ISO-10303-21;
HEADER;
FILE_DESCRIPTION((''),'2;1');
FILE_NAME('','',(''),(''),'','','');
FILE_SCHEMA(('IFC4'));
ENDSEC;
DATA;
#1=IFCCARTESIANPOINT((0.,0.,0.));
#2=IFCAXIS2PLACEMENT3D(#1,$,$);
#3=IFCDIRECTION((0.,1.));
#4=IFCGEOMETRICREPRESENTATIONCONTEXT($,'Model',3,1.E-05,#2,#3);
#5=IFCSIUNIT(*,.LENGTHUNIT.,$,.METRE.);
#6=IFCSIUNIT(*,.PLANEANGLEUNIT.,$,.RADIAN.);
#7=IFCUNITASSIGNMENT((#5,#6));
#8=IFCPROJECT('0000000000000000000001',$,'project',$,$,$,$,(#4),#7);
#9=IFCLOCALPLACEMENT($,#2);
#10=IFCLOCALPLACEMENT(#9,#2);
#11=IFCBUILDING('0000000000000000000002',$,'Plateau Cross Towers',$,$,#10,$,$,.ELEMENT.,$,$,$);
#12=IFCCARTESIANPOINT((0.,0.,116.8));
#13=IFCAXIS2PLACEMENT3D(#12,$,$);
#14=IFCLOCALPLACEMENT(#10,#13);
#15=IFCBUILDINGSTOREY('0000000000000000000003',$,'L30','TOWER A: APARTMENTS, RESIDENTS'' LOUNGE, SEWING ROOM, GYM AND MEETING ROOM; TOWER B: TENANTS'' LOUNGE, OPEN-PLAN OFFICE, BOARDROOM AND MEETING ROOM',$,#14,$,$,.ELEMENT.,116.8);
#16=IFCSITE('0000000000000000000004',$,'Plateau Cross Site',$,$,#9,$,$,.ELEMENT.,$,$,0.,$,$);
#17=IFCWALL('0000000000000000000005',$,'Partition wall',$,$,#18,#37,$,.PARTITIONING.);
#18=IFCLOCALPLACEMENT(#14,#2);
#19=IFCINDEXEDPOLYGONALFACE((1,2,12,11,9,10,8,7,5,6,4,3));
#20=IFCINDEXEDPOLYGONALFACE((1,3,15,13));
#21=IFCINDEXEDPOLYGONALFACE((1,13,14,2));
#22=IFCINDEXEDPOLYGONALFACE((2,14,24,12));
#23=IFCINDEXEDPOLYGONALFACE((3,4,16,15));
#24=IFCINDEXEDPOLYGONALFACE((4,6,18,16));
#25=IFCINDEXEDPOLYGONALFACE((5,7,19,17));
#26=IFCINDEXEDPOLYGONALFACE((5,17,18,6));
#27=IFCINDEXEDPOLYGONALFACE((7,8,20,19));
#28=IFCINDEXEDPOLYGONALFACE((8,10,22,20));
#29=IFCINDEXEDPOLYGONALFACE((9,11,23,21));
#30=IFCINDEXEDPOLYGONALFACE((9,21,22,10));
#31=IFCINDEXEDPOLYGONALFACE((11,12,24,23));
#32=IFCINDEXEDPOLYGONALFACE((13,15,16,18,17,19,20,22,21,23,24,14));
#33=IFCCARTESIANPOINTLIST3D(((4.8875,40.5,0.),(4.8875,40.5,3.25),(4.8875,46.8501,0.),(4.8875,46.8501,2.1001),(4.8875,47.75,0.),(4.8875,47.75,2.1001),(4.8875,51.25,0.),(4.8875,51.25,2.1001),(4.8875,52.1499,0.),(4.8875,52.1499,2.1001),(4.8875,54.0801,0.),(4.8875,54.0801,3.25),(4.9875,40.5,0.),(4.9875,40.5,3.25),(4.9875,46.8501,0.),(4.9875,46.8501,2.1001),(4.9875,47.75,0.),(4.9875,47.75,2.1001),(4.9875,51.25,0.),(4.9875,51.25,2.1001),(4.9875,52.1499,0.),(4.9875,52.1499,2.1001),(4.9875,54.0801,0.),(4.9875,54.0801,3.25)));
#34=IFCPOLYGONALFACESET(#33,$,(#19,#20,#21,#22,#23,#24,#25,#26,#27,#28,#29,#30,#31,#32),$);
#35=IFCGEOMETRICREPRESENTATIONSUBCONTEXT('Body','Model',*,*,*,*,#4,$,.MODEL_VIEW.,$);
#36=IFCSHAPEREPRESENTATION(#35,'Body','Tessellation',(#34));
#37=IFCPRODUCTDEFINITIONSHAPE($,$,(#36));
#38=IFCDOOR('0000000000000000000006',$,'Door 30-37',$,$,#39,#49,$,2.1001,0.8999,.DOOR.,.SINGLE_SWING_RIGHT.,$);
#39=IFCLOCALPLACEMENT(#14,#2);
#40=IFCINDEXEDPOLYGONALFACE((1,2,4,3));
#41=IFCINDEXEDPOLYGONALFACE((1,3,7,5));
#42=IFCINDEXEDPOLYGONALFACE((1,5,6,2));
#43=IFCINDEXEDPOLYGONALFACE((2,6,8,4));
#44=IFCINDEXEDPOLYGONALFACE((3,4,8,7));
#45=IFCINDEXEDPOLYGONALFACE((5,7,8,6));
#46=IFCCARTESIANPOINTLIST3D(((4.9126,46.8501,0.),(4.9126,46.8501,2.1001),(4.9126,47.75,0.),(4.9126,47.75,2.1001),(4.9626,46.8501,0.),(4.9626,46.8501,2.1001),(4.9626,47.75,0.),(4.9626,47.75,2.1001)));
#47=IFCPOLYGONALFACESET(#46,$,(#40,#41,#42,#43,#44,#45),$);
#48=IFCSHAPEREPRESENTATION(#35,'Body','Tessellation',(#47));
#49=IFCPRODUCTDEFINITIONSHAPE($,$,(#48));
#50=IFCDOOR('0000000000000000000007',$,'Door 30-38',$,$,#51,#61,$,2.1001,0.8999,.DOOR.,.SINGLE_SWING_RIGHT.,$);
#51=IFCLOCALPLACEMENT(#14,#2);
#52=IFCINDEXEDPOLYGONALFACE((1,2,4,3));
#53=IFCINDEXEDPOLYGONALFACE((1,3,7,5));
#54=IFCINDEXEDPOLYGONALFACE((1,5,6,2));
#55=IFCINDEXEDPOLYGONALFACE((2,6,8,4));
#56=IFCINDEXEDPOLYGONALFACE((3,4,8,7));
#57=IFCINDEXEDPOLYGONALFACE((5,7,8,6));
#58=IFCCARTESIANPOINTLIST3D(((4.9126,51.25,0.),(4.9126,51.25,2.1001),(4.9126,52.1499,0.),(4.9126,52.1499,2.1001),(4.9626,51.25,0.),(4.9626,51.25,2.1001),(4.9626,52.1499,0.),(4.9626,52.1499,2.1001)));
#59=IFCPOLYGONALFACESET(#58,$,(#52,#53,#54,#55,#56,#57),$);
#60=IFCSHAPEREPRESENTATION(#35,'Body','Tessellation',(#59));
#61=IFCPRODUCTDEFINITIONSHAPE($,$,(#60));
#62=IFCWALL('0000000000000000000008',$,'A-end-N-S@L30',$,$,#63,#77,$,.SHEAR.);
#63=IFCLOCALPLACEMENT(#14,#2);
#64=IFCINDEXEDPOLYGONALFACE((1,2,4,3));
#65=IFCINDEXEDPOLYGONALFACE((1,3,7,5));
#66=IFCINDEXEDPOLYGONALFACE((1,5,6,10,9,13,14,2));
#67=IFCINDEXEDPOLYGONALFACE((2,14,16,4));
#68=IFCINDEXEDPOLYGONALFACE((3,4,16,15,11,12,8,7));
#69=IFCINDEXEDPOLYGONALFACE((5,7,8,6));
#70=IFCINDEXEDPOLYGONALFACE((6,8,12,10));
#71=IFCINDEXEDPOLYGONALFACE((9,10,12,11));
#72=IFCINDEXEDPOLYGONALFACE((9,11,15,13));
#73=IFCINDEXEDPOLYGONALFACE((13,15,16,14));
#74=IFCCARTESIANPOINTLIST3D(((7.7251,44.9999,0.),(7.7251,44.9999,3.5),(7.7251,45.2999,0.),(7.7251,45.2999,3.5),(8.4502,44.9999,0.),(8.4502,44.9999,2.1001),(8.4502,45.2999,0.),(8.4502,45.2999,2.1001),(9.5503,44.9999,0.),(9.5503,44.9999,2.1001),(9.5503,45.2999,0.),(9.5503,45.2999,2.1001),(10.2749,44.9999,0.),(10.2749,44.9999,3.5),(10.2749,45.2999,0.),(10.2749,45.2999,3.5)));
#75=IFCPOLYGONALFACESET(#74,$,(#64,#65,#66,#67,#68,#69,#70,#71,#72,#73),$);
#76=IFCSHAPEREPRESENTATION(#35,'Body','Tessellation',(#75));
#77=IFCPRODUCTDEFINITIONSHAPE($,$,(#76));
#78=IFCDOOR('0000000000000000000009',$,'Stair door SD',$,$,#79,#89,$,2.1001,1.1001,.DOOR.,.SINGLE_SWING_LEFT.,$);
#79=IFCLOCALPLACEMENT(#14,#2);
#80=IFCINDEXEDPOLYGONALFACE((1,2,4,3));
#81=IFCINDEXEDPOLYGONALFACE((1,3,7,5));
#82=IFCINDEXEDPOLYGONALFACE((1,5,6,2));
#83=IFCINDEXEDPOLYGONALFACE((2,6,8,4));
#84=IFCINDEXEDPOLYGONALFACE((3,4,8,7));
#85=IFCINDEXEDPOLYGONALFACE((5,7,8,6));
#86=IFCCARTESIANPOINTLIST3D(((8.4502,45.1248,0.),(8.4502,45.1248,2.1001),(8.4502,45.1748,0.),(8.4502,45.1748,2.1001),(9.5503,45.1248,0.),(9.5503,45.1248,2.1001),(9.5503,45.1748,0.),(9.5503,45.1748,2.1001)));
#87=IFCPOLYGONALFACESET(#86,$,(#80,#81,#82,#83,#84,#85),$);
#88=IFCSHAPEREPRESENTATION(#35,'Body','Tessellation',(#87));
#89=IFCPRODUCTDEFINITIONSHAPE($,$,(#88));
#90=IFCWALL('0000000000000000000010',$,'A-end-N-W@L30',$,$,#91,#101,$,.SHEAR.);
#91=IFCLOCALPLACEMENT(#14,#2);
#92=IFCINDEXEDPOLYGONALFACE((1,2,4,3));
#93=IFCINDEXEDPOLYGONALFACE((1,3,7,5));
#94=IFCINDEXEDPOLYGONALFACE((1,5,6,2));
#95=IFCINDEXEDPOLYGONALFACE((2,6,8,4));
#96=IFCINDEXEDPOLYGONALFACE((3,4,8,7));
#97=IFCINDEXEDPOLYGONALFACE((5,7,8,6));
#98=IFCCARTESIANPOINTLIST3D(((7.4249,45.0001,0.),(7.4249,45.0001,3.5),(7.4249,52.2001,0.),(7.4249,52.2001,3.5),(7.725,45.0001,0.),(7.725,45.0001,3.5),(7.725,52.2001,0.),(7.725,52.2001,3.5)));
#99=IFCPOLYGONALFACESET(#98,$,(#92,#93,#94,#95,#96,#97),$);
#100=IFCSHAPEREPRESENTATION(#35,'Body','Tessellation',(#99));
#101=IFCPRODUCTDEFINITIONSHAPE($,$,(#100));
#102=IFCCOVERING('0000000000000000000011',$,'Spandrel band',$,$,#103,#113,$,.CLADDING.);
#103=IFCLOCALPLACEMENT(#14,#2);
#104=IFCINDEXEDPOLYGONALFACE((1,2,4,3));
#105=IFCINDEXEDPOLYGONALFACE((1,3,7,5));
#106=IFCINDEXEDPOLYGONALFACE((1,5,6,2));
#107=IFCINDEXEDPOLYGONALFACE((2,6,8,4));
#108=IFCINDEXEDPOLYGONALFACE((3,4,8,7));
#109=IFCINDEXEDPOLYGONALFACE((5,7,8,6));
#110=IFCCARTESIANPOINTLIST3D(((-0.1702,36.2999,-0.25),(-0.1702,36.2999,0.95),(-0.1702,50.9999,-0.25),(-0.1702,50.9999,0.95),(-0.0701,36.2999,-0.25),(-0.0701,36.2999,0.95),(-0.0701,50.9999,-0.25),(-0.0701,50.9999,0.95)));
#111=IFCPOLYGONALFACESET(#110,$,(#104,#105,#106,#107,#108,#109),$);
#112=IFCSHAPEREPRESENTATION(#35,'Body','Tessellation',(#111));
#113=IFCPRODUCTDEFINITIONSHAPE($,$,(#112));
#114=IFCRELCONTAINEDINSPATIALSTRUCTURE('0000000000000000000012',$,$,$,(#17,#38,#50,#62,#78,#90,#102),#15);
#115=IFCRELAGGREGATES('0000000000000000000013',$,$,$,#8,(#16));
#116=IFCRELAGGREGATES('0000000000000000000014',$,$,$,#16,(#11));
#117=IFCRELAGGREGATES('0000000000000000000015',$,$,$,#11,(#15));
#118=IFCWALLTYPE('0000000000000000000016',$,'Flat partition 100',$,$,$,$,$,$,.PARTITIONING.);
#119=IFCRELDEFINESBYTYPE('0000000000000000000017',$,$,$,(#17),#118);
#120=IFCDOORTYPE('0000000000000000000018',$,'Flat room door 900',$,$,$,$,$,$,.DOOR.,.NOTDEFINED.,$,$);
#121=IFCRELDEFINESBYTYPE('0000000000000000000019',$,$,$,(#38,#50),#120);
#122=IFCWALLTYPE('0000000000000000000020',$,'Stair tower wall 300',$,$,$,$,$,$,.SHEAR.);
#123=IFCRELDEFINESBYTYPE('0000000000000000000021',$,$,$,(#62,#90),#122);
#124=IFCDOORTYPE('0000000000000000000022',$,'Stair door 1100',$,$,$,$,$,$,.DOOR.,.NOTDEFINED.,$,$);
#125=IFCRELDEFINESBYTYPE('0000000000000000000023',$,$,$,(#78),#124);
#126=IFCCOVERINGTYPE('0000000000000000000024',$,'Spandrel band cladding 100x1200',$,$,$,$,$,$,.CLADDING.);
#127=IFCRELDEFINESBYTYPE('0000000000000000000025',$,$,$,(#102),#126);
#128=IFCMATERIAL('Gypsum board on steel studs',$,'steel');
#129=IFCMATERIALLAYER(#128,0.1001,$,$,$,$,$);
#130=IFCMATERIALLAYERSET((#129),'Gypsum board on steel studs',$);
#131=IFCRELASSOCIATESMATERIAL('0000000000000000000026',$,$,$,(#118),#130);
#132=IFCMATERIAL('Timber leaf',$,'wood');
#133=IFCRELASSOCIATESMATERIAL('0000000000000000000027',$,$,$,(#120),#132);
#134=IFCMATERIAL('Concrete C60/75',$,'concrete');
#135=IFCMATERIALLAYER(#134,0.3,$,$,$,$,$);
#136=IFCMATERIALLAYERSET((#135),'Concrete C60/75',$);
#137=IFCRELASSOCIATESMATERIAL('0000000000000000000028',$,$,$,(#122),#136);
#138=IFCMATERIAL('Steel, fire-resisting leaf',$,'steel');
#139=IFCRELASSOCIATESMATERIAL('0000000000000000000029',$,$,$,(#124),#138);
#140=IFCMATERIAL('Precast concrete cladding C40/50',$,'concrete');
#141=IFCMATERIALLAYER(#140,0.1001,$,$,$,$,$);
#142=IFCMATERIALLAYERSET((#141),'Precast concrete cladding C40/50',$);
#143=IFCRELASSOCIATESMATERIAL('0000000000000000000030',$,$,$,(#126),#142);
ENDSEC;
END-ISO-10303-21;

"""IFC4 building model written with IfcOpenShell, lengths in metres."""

from ifc_helpers import new_model, si_unit, direction, frame, frame_2d, origin, origin_2d, place, context, subcontext, project, spatial, rectangle, extrude, material, layer, layer_set, type_object, element, fill, save


model = new_model("IFC4")

# Units and contexts
model_context = context("Model", 3, precision=1e-05, world=origin(), true_north=direction((0.0, 1.0)))
body_context = subcontext(model_context, "Body", "Model", "MODEL_VIEW")
ifc_project = project(units=[si_unit("LENGTHUNIT", "METRE"), si_unit("PLANEANGLEUNIT", "RADIAN")], contexts=[model_context])

# Site, building, storey
site_placement = place(None, origin())
site = spatial("IfcSite", under=ifc_project, at=site_placement, Name="Plateau Cross Site", CompositionType="ELEMENT", RefElevation=0.0)
building_placement = place(site_placement, origin())
building = spatial("IfcBuilding", under=site, at=building_placement, Name="Plateau Cross Towers", CompositionType="ELEMENT")
storey_placement = place(building_placement, frame((0.0, 0.0, 116.8)))
storey = spatial("IfcBuildingStorey", under=building, at=storey_placement, Name="L30", Description="TOWER A: APARTMENTS, RESIDENTS' LOUNGE, SEWING ROOM, GYM AND MEETING ROOM; TOWER B: TENANTS' LOUNGE, OPEN-PLAN OFFICE, BOARDROOM AND MEETING ROOM", CompositionType="ELEMENT", Elevation=116.8)

# Shared definitions
ifc_material_1 = material(Name="Gypsum board on steel studs", Category="steel")
ifc_layer_1 = layer(ifc_material_1, 0.1001)
ifc_layer_set_1 = layer_set([ifc_layer_1], Name="Gypsum board on steel studs")
wall_type_1 = type_object("IfcWallType", Name="Flat partition 100", PredefinedType="PARTITIONING", material=ifc_layer_set_1)
ifc_material_2 = material(Name="Timber leaf", Category="wood")
door_type_1 = type_object("IfcDoorType", Name="Flat room door 900", OperationType="NOTDEFINED", PredefinedType="DOOR", material=ifc_material_2)

# Wall, openings, doors
wall_1_placement = place(storey_placement, frame((4.9375, 40.5, 0.0), z_axis=(0.0, 0.0, 1.0), x_axis=(0.0, 1.0, 0.0)))
wall_1 = element("IfcWall", 1, at=wall_1_placement, inside=storey, type_object=wall_type_1, Name="Partition wall", PredefinedType="PARTITIONING", context=body_context, shape_type="SweptSolid", body=[
    extrude(rectangle(XDim=13.5801, YDim=0.1001, at=frame_2d((6.79, 0.0))), origin(), (0.0, 0.0, 1.0), 3.25),
])
opening_1_placement = place(wall_1_placement, frame((6.3501, 0.0, 0.0)))
opening_1 = element("IfcOpeningElement", 2, at=opening_1_placement, cuts=wall_1, PredefinedType="OPENING", context=body_context, shape_type="SweptSolid", body=[
    extrude(rectangle(XDim=0.8999, YDim=2.1001, at=frame_2d((0.45, 1.05))), frame((0.0, 0.0601, 0.0), z_axis=(0.0, -1.0, 0.0), x_axis=(1.0, 0.0, 0.0)), (0.0, 0.0, 1.0), 0.1201),
])
opening_2_placement = place(wall_1_placement, frame((10.75, 0.0, 0.0)))
opening_2 = element("IfcOpeningElement", 3, at=opening_2_placement, cuts=wall_1, PredefinedType="OPENING", context=body_context, shape_type="SweptSolid", body=[
    extrude(rectangle(XDim=0.8999, YDim=2.1001, at=frame_2d((0.45, 1.05))), frame((0.0, 0.0601, 0.0), z_axis=(0.0, -1.0, 0.0), x_axis=(1.0, 0.0, 0.0)), (0.0, 0.0, 1.0), 0.1201),
])
door_1_placement = place(opening_1_placement, origin())
door_1 = element("IfcDoor", 4, at=door_1_placement, inside=storey, type_object=door_type_1, Name="Door 30-37", OperationType="SINGLE_SWING_RIGHT", OverallHeight=2.1001, OverallWidth=0.8999, PredefinedType="DOOR", context=body_context, shape_type="SweptSolid", body=[
    extrude(rectangle(XDim=0.8999, YDim=2.1001, at=frame_2d((0.45, 1.05))), frame((0.0, 0.0249, 0.0), z_axis=(0.0, -1.0, 0.0), x_axis=(1.0, 0.0, 0.0)), (0.0, 0.0, 1.0), 0.05),
])
fill(opening_1, door_1)
door_2_placement = place(opening_2_placement, origin())
door_2 = element("IfcDoor", 5, at=door_2_placement, inside=storey, type_object=door_type_1, Name="Door 30-38", OperationType="SINGLE_SWING_RIGHT", OverallHeight=2.1001, OverallWidth=0.8999, PredefinedType="DOOR", context=body_context, shape_type="SweptSolid", body=[
    extrude(rectangle(XDim=0.8999, YDim=2.1001, at=frame_2d((0.45, 1.05))), frame((0.0, 0.0249, 0.0), z_axis=(0.0, -1.0, 0.0), x_axis=(1.0, 0.0, 0.0)), (0.0, 0.0, 1.0), 0.05),
])
fill(opening_2, door_2)

# Wall, opening, door
ifc_material_3 = material(Name="Concrete C60/75", Category="concrete")
ifc_layer_2 = layer(ifc_material_3, 0.3)
ifc_layer_set_2 = layer_set([ifc_layer_2], Name="Concrete C60/75")
wall_type_2 = type_object("IfcWallType", Name="Stair tower wall 300", PredefinedType="SHEAR", material=ifc_layer_set_2)
wall_2_placement = place(storey_placement, frame((7.7251, 45.1499, 0.0), z_axis=(0.0, 0.0, 1.0), x_axis=(1.0, 0.0, 0.0)))
wall_2 = element("IfcWall", 6, at=wall_2_placement, inside=storey, type_object=wall_type_2, Name="A-end-N-S@L30", PredefinedType="SHEAR", context=body_context, shape_type="SweptSolid", body=[
    extrude(rectangle(XDim=2.5498, YDim=0.3, at=frame_2d((1.2749, 0.0))), origin(), (0.0, 0.0, 1.0), 3.5),
])
opening_3_placement = place(wall_2_placement, frame((0.7251, 0.0, 0.0)))
opening_3 = element("IfcOpeningElement", 7, at=opening_3_placement, cuts=wall_2, PredefinedType="OPENING", context=body_context, shape_type="SweptSolid", body=[
    extrude(rectangle(XDim=1.1001, YDim=2.1001, at=frame_2d((0.55, 1.05))), frame((0.0, 0.1599, 0.0), z_axis=(0.0, -1.0, 0.0), x_axis=(1.0, 0.0, 0.0)), (0.0, 0.0, 1.0), 0.3201),
])
ifc_material_4 = material(Name="Steel, fire-resisting leaf", Category="steel")
door_type_2 = type_object("IfcDoorType", Name="Stair door 1100", OperationType="NOTDEFINED", PredefinedType="DOOR", material=ifc_material_4)
door_3_placement = place(opening_3_placement, origin())
door_3 = element("IfcDoor", 8, at=door_3_placement, inside=storey, type_object=door_type_2, Name="Stair door SD", OperationType="SINGLE_SWING_LEFT", OverallHeight=2.1001, OverallWidth=1.1001, PredefinedType="DOOR", context=body_context, shape_type="SweptSolid", body=[
    extrude(rectangle(XDim=1.1001, YDim=2.1001, at=frame_2d((0.55, 1.05))), frame((0.0, 0.0249, 0.0), z_axis=(0.0, -1.0, 0.0), x_axis=(1.0, 0.0, 0.0)), (0.0, 0.0, 1.0), 0.05),
])
fill(opening_3, door_3)

# Wall
wall_3_placement = place(storey_placement, frame((7.575, 45.0, 0.0), z_axis=(0.0, 0.0, 1.0), x_axis=(0.0, 1.0, 0.0)))
element("IfcWall", 9, at=wall_3_placement, inside=storey, type_object=wall_type_2, Name="A-end-N-W@L30", PredefinedType="SHEAR", context=body_context, shape_type="SweptSolid", body=[
    extrude(rectangle(XDim=7.2, YDim=0.3, at=frame_2d((3.6001, 0.0))), origin(), (0.0, 0.0, 1.0), 3.5),
])

# Covering
ifc_material_5 = material(Name="Precast concrete cladding C40/50", Category="concrete")
ifc_layer_3 = layer(ifc_material_5, 0.1001)
ifc_layer_set_3 = layer_set([ifc_layer_3], Name="Precast concrete cladding C40/50")
covering_type = type_object("IfcCoveringType", Name="Spandrel band cladding 100x1200", PredefinedType="CLADDING", material=ifc_layer_set_3)
covering_placement = place(storey_placement, frame((-0.1201, 43.6499, -0.25), z_axis=(0.0, 0.0, 1.0), x_axis=(0.0, -1.0, 0.0)))
element("IfcCovering", 10, at=covering_placement, inside=storey, type_object=covering_type, Name="Spandrel band", PredefinedType="CLADDING", context=body_context, shape_type="SweptSolid", body=[
    extrude(rectangle(XDim=14.7, YDim=0.1001, at=origin_2d()), origin(), (0.0, 0.0, 1.0), 1.2),
])

save(model, "model.ifc")
